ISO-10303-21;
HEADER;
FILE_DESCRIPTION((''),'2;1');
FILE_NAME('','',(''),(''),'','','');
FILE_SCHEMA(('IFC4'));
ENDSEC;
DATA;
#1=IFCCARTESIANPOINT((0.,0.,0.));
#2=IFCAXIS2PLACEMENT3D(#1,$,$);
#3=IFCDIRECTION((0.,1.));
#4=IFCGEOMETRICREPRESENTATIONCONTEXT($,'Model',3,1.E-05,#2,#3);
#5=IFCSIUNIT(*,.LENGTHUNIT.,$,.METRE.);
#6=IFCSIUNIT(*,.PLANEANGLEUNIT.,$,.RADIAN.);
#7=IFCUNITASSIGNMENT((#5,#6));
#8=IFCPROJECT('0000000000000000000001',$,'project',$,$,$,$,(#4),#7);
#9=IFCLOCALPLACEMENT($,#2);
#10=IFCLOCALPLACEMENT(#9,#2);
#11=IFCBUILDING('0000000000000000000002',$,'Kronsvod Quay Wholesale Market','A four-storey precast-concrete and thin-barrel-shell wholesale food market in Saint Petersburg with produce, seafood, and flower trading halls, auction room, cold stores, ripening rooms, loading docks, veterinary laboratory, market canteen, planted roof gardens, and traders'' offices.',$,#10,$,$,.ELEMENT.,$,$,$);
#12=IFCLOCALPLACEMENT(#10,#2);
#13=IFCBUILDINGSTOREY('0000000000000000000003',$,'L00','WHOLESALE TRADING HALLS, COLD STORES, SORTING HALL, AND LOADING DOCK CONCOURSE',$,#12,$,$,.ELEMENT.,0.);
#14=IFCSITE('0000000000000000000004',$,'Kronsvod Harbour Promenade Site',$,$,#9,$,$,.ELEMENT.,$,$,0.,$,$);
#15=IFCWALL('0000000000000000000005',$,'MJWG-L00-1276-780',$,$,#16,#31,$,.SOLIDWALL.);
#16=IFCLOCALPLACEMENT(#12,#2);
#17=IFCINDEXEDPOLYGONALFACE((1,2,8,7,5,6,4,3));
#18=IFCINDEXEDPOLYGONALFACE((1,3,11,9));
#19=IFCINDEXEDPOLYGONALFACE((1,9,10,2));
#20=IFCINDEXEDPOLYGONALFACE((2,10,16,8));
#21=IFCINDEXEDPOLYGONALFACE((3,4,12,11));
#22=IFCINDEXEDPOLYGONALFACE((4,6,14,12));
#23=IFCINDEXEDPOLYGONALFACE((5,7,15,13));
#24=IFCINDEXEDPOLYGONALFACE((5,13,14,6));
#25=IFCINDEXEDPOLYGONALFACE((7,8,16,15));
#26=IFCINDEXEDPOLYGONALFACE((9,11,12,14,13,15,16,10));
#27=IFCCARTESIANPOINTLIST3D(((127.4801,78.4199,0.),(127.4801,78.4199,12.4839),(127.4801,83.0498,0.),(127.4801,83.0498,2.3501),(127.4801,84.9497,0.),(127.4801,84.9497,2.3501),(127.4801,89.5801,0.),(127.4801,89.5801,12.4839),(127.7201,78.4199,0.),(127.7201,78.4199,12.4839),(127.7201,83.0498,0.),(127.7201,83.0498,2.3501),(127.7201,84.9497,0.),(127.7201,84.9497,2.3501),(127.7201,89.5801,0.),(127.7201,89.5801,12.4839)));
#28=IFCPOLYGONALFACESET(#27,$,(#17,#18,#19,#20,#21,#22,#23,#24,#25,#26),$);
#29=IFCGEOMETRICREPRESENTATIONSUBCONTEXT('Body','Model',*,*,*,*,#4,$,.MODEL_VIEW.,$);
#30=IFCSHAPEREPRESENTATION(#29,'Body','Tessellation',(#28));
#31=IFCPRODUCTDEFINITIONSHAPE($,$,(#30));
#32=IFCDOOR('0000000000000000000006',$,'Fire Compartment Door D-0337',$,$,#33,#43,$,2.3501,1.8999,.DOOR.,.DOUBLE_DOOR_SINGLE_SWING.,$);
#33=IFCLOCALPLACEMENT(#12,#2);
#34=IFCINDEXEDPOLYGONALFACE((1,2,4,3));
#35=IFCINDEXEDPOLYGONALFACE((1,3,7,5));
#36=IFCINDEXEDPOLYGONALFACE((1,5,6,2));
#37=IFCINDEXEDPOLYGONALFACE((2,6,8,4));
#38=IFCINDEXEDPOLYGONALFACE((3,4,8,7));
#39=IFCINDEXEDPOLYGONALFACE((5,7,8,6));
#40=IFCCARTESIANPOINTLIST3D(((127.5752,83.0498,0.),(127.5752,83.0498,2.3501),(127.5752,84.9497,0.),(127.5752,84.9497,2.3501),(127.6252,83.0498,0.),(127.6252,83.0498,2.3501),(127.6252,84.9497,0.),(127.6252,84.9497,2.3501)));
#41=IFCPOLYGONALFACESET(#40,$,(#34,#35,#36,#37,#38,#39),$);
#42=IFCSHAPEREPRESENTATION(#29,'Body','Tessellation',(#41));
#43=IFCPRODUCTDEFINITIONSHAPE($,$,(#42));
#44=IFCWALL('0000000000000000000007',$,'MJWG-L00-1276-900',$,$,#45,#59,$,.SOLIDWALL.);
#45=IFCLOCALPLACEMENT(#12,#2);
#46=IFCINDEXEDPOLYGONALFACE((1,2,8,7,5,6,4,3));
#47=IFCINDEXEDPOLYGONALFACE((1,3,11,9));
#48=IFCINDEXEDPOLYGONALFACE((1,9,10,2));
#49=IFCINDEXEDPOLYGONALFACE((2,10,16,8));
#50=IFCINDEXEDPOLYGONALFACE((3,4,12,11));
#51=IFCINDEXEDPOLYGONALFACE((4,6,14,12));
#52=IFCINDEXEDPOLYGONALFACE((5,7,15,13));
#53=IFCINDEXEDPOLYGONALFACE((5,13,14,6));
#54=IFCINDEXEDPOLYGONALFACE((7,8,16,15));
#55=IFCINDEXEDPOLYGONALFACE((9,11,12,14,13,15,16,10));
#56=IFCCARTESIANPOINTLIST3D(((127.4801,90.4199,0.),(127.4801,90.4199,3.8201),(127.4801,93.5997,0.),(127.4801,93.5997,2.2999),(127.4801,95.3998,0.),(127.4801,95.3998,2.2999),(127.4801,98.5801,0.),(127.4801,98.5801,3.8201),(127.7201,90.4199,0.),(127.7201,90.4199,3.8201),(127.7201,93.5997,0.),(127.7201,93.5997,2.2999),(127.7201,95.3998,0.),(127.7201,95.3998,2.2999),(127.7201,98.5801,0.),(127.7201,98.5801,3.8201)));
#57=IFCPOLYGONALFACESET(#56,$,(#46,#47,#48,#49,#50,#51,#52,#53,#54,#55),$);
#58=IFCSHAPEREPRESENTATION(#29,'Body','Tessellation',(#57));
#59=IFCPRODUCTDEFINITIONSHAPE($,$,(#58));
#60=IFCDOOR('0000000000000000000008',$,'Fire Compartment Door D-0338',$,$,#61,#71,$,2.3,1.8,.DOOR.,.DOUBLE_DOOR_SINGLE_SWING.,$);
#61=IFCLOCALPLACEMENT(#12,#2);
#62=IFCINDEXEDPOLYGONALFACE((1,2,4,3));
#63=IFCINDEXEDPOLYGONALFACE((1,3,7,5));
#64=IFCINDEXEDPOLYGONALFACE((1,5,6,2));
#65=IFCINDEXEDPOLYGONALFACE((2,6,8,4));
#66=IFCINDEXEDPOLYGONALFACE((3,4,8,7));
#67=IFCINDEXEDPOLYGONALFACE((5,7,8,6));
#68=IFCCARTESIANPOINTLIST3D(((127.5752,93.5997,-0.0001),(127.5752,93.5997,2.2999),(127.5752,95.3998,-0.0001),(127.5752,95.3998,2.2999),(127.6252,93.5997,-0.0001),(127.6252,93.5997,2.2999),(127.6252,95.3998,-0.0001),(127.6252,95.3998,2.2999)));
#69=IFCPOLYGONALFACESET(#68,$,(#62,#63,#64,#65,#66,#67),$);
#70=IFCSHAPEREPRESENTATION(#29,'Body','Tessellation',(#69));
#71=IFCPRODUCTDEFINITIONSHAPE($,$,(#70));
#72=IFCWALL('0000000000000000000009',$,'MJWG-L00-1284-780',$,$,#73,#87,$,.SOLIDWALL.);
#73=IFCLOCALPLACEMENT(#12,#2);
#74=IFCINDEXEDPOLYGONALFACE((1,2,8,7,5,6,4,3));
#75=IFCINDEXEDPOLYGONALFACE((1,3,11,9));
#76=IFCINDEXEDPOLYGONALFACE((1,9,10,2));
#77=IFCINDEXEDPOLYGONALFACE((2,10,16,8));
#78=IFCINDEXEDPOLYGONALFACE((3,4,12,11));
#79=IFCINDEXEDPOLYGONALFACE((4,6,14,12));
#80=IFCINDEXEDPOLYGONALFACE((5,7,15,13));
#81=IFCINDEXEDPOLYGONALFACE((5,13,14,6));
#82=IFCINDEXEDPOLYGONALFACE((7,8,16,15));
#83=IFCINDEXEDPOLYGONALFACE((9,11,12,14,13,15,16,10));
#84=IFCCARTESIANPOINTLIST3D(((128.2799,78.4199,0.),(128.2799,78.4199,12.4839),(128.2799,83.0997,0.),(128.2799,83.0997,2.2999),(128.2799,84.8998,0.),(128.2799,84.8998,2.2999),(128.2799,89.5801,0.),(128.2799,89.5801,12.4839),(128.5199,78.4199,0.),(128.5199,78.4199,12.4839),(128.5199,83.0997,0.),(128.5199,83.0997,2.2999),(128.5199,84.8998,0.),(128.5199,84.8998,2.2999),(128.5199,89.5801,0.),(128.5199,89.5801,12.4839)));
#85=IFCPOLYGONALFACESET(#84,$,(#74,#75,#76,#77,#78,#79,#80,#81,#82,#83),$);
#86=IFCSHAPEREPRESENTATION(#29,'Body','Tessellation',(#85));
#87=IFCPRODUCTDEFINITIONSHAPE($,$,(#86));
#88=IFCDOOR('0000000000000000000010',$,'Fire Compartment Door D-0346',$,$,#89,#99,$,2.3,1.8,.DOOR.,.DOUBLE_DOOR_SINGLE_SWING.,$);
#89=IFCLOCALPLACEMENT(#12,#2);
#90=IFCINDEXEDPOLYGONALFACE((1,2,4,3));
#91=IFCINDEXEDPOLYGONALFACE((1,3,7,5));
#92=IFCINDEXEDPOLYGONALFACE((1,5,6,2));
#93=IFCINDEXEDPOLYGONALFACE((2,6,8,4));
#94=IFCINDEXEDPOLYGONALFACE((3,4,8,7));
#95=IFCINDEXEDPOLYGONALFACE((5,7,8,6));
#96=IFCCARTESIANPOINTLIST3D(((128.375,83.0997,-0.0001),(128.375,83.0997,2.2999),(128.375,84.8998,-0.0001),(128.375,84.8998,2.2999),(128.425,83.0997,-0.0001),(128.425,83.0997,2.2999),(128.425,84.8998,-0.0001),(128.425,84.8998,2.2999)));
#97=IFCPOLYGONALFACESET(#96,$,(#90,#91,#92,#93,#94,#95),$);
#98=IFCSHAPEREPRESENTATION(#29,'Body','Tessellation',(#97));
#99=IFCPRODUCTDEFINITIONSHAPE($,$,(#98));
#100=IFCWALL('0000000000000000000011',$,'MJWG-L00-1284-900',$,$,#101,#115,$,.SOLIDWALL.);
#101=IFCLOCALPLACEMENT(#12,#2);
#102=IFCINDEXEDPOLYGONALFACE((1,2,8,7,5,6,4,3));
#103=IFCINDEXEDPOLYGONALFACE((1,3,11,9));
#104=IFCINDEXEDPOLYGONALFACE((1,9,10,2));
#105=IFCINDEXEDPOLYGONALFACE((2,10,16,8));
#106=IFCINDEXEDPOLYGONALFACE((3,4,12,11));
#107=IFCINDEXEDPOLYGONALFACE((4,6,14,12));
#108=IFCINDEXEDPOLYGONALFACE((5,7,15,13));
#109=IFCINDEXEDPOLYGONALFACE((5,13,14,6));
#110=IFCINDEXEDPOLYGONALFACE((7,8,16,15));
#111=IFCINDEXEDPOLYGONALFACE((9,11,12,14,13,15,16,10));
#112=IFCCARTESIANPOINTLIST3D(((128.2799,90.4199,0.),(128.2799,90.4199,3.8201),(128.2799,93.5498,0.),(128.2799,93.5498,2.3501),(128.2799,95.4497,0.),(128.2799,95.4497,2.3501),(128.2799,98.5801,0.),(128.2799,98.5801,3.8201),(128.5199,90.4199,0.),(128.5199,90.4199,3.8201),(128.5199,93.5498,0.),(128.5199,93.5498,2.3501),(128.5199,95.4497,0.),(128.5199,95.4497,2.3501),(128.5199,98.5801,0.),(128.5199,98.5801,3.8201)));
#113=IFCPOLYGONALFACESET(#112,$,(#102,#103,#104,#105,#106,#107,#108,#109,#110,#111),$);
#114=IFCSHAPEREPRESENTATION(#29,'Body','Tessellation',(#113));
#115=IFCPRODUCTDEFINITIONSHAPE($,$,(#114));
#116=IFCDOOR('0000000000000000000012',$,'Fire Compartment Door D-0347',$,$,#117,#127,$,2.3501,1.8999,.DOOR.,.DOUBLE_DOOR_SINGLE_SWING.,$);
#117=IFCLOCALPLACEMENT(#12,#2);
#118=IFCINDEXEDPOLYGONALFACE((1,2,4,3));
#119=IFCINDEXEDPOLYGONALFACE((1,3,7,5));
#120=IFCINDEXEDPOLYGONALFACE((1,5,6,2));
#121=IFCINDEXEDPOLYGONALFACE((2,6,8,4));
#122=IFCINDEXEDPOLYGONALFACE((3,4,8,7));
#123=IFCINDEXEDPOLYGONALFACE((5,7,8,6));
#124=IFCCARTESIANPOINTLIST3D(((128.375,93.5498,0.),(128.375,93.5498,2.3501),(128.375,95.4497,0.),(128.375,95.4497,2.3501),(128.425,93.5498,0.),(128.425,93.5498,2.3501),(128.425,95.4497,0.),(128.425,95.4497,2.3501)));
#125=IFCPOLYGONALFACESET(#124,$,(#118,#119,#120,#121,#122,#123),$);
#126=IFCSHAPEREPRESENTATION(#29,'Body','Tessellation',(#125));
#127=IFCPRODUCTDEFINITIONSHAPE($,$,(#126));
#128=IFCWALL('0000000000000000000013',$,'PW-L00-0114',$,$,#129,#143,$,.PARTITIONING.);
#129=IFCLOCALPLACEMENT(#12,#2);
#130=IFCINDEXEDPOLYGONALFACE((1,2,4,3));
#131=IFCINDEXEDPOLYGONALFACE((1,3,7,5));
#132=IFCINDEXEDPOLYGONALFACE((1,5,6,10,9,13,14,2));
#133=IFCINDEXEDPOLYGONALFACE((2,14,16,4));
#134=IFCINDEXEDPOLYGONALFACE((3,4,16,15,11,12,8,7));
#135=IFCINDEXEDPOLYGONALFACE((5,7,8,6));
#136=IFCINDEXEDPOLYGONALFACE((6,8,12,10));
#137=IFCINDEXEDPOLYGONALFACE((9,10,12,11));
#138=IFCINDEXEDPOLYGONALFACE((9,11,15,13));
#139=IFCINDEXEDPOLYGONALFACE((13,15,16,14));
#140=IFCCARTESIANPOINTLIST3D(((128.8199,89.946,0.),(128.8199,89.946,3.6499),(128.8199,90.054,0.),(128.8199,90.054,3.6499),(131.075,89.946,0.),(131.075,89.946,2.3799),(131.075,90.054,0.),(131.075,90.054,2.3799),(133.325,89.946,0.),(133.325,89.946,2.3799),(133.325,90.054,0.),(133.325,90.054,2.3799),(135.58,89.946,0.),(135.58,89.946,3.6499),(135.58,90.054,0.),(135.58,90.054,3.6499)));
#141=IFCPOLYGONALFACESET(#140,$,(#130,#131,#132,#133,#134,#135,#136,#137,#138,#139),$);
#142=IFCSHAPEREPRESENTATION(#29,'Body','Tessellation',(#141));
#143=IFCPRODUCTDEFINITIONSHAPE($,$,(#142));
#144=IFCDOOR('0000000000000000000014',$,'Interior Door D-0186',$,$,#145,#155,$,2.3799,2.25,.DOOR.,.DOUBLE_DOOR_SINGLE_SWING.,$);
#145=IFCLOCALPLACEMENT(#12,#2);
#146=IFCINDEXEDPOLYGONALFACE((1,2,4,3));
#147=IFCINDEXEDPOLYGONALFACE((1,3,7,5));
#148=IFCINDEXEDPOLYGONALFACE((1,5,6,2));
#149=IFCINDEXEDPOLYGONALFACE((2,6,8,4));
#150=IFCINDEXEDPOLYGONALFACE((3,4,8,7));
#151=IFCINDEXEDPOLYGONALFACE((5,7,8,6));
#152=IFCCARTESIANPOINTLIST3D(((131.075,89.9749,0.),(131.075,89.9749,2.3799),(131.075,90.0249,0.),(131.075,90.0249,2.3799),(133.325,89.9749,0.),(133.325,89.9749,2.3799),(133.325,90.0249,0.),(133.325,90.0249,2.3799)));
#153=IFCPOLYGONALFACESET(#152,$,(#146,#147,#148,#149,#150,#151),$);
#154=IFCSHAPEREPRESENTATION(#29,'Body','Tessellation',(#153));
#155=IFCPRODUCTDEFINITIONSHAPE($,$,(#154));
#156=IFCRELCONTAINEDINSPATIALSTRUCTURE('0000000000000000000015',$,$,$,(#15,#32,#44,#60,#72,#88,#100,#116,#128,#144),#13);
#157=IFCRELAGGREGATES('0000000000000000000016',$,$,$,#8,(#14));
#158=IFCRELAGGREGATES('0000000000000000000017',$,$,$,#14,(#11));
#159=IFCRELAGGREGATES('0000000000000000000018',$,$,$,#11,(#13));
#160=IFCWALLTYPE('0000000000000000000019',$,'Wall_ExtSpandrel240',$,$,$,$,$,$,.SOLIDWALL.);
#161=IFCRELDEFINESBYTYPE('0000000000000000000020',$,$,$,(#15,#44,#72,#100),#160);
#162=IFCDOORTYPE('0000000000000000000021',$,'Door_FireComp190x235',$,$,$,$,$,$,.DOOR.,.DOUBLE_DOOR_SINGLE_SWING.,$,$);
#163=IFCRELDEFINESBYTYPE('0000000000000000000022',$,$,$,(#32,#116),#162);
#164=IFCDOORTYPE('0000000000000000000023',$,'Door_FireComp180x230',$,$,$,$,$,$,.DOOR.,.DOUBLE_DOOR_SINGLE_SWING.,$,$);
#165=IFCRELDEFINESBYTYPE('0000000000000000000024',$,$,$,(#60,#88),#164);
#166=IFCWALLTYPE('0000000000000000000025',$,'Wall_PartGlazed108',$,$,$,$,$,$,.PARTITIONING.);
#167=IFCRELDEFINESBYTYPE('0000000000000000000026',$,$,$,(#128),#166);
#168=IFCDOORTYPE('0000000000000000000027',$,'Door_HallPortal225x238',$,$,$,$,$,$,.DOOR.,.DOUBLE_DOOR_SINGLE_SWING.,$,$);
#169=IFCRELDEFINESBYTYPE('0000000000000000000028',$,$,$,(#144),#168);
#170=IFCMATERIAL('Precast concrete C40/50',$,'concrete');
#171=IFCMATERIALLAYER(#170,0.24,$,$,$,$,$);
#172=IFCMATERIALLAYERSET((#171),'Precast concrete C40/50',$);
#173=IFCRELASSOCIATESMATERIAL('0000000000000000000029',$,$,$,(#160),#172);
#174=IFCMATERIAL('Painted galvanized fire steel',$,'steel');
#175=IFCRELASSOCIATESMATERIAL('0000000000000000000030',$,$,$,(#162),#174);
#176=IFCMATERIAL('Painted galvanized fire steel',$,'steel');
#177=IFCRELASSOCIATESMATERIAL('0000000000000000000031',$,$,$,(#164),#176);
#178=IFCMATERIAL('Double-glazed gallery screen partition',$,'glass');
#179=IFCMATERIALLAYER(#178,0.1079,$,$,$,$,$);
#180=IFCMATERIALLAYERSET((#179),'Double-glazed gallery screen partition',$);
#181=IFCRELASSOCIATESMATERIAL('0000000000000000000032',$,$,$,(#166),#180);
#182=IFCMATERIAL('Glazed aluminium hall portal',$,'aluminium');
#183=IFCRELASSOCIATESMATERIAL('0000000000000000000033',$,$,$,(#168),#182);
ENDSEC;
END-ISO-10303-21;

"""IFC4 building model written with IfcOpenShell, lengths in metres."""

from ifc_helpers import new_model, si_unit, direction, frame, frame_2d, origin, place, context, subcontext, project, spatial, rectangle, extrude, material, layer, layer_set, type_object, element, fill, save


model = new_model("IFC4")

# Units and contexts
model_context = context("Model", 3, precision=1e-05, world=origin(), true_north=direction((0.0, 1.0)))
body_context = subcontext(model_context, "Body", "Model", "MODEL_VIEW")
ifc_project = project(units=[si_unit("LENGTHUNIT", "METRE"), si_unit("PLANEANGLEUNIT", "RADIAN")], contexts=[model_context])

# Site, building, storey
site_placement = place(None, origin())
site = spatial("IfcSite", under=ifc_project, at=site_placement, Name="Kronsvod Harbour Promenade Site", CompositionType="ELEMENT", RefElevation=0.0)
building_placement = place(site_placement, origin())
building = spatial("IfcBuilding", under=site, at=building_placement, Name="Kronsvod Quay Wholesale Market", Description="A four-storey precast-concrete and thin-barrel-shell wholesale food market in Saint Petersburg with produce, seafood, and flower trading halls, auction room, cold stores, ripening rooms, loading docks, veterinary laboratory, market canteen, planted roof gardens, and traders' offices.", CompositionType="ELEMENT")
storey_placement = place(building_placement, origin())
storey = spatial("IfcBuildingStorey", under=building, at=storey_placement, Name="L00", Description="WHOLESALE TRADING HALLS, COLD STORES, SORTING HALL, AND LOADING DOCK CONCOURSE", CompositionType="ELEMENT", Elevation=0.0)

# Walls, openings, doors
ifc_material_1 = material(Name="Precast concrete C40/50", Category="concrete")
ifc_layer_1 = layer(ifc_material_1, 0.24)
ifc_layer_set_1 = layer_set([ifc_layer_1], Name="Precast concrete C40/50")
wall_type_1 = type_object("IfcWallType", Name="Wall_ExtSpandrel240", PredefinedType="SOLIDWALL", material=ifc_layer_set_1)
wall_1_placement = place(storey_placement, frame((127.6001, 78.4199, 0.0), z_axis=(0.0, 0.0, 1.0), x_axis=(0.0, 1.0, 0.0)))
wall_1 = element("IfcWall", 1, at=wall_1_placement, inside=storey, type_object=wall_type_1, Name="MJWG-L00-1276-780", PredefinedType="SOLIDWALL", context=body_context, shape_type="SweptSolid", body=[
    extrude(rectangle(XDim=11.1602, YDim=0.24, at=frame_2d((5.5801, 0.0))), origin(), (0.0, 0.0, 1.0), 12.4839),
])
opening_1_placement = place(wall_1_placement, frame((4.6299, 0.0, 0.0)))
opening_1 = element("IfcOpeningElement", 2, at=opening_1_placement, cuts=wall_1, PredefinedType="OPENING", context=body_context, shape_type="SweptSolid", body=[
    extrude(rectangle(XDim=1.8999, YDim=2.3501, at=frame_2d((0.95, 1.175))), frame((0.0, 0.1299, 0.0), z_axis=(0.0, -1.0, 0.0), x_axis=(1.0, 0.0, 0.0)), (0.0, 0.0, 1.0), 0.26),
])
ifc_material_2 = material(Name="Painted galvanized fire steel", Category="steel")
door_type_1 = type_object("IfcDoorType", Name="Door_FireComp190x235", OperationType="DOUBLE_DOOR_SINGLE_SWING", PredefinedType="DOOR", material=ifc_material_2)
door_1_placement = place(opening_1_placement, origin())
door_1 = element("IfcDoor", 3, at=door_1_placement, inside=storey, type_object=door_type_1, Name="Fire Compartment Door D-0337", OperationType="DOUBLE_DOOR_SINGLE_SWING", OverallHeight=2.3501, OverallWidth=1.8999, PredefinedType="DOOR", context=body_context, shape_type="SweptSolid", body=[
    extrude(rectangle(XDim=1.8999, YDim=2.3501, at=frame_2d((0.95, 1.175))), frame((0.0, 0.0249, 0.0), z_axis=(0.0, -1.0, 0.0), x_axis=(1.0, 0.0, 0.0)), (0.0, 0.0, 1.0), 0.05),
])
fill(opening_1, door_1)
wall_2_placement = place(storey_placement, frame((127.6001, 90.4199, 0.0), z_axis=(0.0, 0.0, 1.0), x_axis=(0.0, 1.0, 0.0)))
wall_2 = element("IfcWall", 4, at=wall_2_placement, inside=storey, type_object=wall_type_1, Name="MJWG-L00-1276-900", PredefinedType="SOLIDWALL", context=body_context, shape_type="SweptSolid", body=[
    extrude(rectangle(XDim=8.1602, YDim=0.24, at=frame_2d((4.0801, 0.0))), origin(), (0.0, 0.0, 1.0), 3.8201),
])
opening_2_placement = place(wall_2_placement, frame((3.1799, 0.0, 0.0)))
opening_2 = element("IfcOpeningElement", 5, at=opening_2_placement, cuts=wall_2, PredefinedType="OPENING", context=body_context, shape_type="SweptSolid", body=[
    extrude(rectangle(XDim=1.8, YDim=2.3, at=frame_2d((0.8999, 1.1499))), frame((0.0, 0.1299, 0.0), z_axis=(0.0, -1.0, 0.0), x_axis=(1.0, 0.0, 0.0)), (0.0, 0.0, 1.0), 0.26),
])
ifc_material_3 = material(Name="Painted galvanized fire steel", Category="steel")
door_type_2 = type_object("IfcDoorType", Name="Door_FireComp180x230", OperationType="DOUBLE_DOOR_SINGLE_SWING", PredefinedType="DOOR", material=ifc_material_3)
door_2_placement = place(opening_2_placement, origin())
door_2 = element("IfcDoor", 6, at=door_2_placement, inside=storey, type_object=door_type_2, Name="Fire Compartment Door D-0338", OperationType="DOUBLE_DOOR_SINGLE_SWING", OverallHeight=2.3, OverallWidth=1.8, PredefinedType="DOOR", context=body_context, shape_type="SweptSolid", body=[
    extrude(rectangle(XDim=1.8, YDim=2.3, at=frame_2d((0.8999, 1.1499))), frame((0.0, 0.0249, 0.0), z_axis=(0.0, -1.0, 0.0), x_axis=(1.0, 0.0, 0.0)), (0.0, 0.0, 1.0), 0.05),
])
fill(opening_2, door_2)
wall_3_placement = place(storey_placement, frame((128.3999, 78.4199, 0.0), z_axis=(0.0, 0.0, 1.0), x_axis=(0.0, 1.0, 0.0)))
wall_3 = element("IfcWall", 7, at=wall_3_placement, inside=storey, type_object=wall_type_1, Name="MJWG-L00-1284-780", PredefinedType="SOLIDWALL", context=body_context, shape_type="SweptSolid", body=[
    extrude(rectangle(XDim=11.1602, YDim=0.24, at=frame_2d((5.5801, 0.0))), origin(), (0.0, 0.0, 1.0), 12.4839),
])
opening_3_placement = place(wall_3_placement, frame((4.6799, 0.0, 0.0)))
opening_3 = element("IfcOpeningElement", 8, at=opening_3_placement, cuts=wall_3, PredefinedType="OPENING", context=body_context, shape_type="SweptSolid", body=[
    extrude(rectangle(XDim=1.8, YDim=2.3, at=frame_2d((0.8999, 1.1499))), frame((0.0, 0.1299, 0.0), z_axis=(0.0, -1.0, 0.0), x_axis=(1.0, 0.0, 0.0)), (0.0, 0.0, 1.0), 0.26),
])
door_3_placement = place(opening_3_placement, origin())
door_3 = element("IfcDoor", 9, at=door_3_placement, inside=storey, type_object=door_type_2, Name="Fire Compartment Door D-0346", OperationType="DOUBLE_DOOR_SINGLE_SWING", OverallHeight=2.3, OverallWidth=1.8, PredefinedType="DOOR", context=body_context, shape_type="SweptSolid", body=[
    extrude(rectangle(XDim=1.8, YDim=2.3, at=frame_2d((0.8999, 1.1499))), frame((0.0, 0.0249, 0.0), z_axis=(0.0, -1.0, 0.0), x_axis=(1.0, 0.0, 0.0)), (0.0, 0.0, 1.0), 0.05),
])
fill(opening_3, door_3)
wall_4_placement = place(storey_placement, frame((128.3999, 90.4199, 0.0), z_axis=(0.0, 0.0, 1.0), x_axis=(0.0, 1.0, 0.0)))
wall_4 = element("IfcWall", 10, at=wall_4_placement, inside=storey, type_object=wall_type_1, Name="MJWG-L00-1284-900", PredefinedType="SOLIDWALL", context=body_context, shape_type="SweptSolid", body=[
    extrude(rectangle(XDim=8.1602, YDim=0.24, at=frame_2d((4.0801, 0.0))), origin(), (0.0, 0.0, 1.0), 3.8201),
])
opening_4_placement = place(wall_4_placement, frame((3.1299, 0.0, 0.0)))
opening_4 = element("IfcOpeningElement", 11, at=opening_4_placement, cuts=wall_4, PredefinedType="OPENING", context=body_context, shape_type="SweptSolid", body=[
    extrude(rectangle(XDim=1.8999, YDim=2.3501, at=frame_2d((0.95, 1.175))), frame((0.0, 0.1299, 0.0), z_axis=(0.0, -1.0, 0.0), x_axis=(1.0, 0.0, 0.0)), (0.0, 0.0, 1.0), 0.26),
])
door_4_placement = place(opening_4_placement, origin())
door_4 = element("IfcDoor", 12, at=door_4_placement, inside=storey, type_object=door_type_1, Name="Fire Compartment Door D-0347", OperationType="DOUBLE_DOOR_SINGLE_SWING", OverallHeight=2.3501, OverallWidth=1.8999, PredefinedType="DOOR", context=body_context, shape_type="SweptSolid", body=[
    extrude(rectangle(XDim=1.8999, YDim=2.3501, at=frame_2d((0.95, 1.175))), frame((0.0, 0.0249, 0.0), z_axis=(0.0, -1.0, 0.0), x_axis=(1.0, 0.0, 0.0)), (0.0, 0.0, 1.0), 0.05),
])
fill(opening_4, door_4)
ifc_material_4 = material(Name="Double-glazed gallery screen partition", Category="glass")
ifc_layer_2 = layer(ifc_material_4, 0.1079)
ifc_layer_set_2 = layer_set([ifc_layer_2], Name="Double-glazed gallery screen partition")
wall_type_2 = type_object("IfcWallType", Name="Wall_PartGlazed108", PredefinedType="PARTITIONING", material=ifc_layer_set_2)
wall_5_placement = place(storey_placement, frame((128.8201, 90.0, 0.0), z_axis=(0.0, 0.0, 1.0), x_axis=(1.0, 0.0, 0.0)))
wall_5 = element("IfcWall", 13, at=wall_5_placement, inside=storey, type_object=wall_type_2, Name="PW-L00-0114", PredefinedType="PARTITIONING", context=body_context, shape_type="SweptSolid", body=[
    extrude(rectangle(XDim=6.76, YDim=0.1079, at=frame_2d((3.3799, 0.0))), origin(), (0.0, 0.0, 1.0), 3.6499),
])
opening_5_placement = place(wall_5_placement, frame((2.2549, 0.0, 0.0)))
opening_5 = element("IfcOpeningElement", 14, at=opening_5_placement, cuts=wall_5, PredefinedType="OPENING", context=body_context, shape_type="SweptSolid", body=[
    extrude(rectangle(XDim=2.25, YDim=2.3799, at=frame_2d((1.125, 1.1899))), frame((0.0, 0.064, 0.0), z_axis=(0.0, -1.0, 0.0), x_axis=(1.0, 0.0, 0.0)), (0.0, 0.0, 1.0), 0.1279),
])
ifc_material_5 = material(Name="Glazed aluminium hall portal", Category="aluminium")
door_type_3 = type_object("IfcDoorType", Name="Door_HallPortal225x238", OperationType="DOUBLE_DOOR_SINGLE_SWING", PredefinedType="DOOR", material=ifc_material_5)
door_5_placement = place(opening_5_placement, origin())
door_5 = element("IfcDoor", 15, at=door_5_placement, inside=storey, type_object=door_type_3, Name="Interior Door D-0186", OperationType="DOUBLE_DOOR_SINGLE_SWING", OverallHeight=2.3799, OverallWidth=2.25, PredefinedType="DOOR", context=body_context, shape_type="SweptSolid", body=[
    extrude(rectangle(XDim=2.25, YDim=2.3799, at=frame_2d((1.125, 1.1899))), frame((0.0, 0.0249, 0.0), z_axis=(0.0, -1.0, 0.0), x_axis=(1.0, 0.0, 0.0)), (0.0, 0.0, 1.0), 0.05),
])
fill(opening_5, door_5)

save(model, "model.ifc")
